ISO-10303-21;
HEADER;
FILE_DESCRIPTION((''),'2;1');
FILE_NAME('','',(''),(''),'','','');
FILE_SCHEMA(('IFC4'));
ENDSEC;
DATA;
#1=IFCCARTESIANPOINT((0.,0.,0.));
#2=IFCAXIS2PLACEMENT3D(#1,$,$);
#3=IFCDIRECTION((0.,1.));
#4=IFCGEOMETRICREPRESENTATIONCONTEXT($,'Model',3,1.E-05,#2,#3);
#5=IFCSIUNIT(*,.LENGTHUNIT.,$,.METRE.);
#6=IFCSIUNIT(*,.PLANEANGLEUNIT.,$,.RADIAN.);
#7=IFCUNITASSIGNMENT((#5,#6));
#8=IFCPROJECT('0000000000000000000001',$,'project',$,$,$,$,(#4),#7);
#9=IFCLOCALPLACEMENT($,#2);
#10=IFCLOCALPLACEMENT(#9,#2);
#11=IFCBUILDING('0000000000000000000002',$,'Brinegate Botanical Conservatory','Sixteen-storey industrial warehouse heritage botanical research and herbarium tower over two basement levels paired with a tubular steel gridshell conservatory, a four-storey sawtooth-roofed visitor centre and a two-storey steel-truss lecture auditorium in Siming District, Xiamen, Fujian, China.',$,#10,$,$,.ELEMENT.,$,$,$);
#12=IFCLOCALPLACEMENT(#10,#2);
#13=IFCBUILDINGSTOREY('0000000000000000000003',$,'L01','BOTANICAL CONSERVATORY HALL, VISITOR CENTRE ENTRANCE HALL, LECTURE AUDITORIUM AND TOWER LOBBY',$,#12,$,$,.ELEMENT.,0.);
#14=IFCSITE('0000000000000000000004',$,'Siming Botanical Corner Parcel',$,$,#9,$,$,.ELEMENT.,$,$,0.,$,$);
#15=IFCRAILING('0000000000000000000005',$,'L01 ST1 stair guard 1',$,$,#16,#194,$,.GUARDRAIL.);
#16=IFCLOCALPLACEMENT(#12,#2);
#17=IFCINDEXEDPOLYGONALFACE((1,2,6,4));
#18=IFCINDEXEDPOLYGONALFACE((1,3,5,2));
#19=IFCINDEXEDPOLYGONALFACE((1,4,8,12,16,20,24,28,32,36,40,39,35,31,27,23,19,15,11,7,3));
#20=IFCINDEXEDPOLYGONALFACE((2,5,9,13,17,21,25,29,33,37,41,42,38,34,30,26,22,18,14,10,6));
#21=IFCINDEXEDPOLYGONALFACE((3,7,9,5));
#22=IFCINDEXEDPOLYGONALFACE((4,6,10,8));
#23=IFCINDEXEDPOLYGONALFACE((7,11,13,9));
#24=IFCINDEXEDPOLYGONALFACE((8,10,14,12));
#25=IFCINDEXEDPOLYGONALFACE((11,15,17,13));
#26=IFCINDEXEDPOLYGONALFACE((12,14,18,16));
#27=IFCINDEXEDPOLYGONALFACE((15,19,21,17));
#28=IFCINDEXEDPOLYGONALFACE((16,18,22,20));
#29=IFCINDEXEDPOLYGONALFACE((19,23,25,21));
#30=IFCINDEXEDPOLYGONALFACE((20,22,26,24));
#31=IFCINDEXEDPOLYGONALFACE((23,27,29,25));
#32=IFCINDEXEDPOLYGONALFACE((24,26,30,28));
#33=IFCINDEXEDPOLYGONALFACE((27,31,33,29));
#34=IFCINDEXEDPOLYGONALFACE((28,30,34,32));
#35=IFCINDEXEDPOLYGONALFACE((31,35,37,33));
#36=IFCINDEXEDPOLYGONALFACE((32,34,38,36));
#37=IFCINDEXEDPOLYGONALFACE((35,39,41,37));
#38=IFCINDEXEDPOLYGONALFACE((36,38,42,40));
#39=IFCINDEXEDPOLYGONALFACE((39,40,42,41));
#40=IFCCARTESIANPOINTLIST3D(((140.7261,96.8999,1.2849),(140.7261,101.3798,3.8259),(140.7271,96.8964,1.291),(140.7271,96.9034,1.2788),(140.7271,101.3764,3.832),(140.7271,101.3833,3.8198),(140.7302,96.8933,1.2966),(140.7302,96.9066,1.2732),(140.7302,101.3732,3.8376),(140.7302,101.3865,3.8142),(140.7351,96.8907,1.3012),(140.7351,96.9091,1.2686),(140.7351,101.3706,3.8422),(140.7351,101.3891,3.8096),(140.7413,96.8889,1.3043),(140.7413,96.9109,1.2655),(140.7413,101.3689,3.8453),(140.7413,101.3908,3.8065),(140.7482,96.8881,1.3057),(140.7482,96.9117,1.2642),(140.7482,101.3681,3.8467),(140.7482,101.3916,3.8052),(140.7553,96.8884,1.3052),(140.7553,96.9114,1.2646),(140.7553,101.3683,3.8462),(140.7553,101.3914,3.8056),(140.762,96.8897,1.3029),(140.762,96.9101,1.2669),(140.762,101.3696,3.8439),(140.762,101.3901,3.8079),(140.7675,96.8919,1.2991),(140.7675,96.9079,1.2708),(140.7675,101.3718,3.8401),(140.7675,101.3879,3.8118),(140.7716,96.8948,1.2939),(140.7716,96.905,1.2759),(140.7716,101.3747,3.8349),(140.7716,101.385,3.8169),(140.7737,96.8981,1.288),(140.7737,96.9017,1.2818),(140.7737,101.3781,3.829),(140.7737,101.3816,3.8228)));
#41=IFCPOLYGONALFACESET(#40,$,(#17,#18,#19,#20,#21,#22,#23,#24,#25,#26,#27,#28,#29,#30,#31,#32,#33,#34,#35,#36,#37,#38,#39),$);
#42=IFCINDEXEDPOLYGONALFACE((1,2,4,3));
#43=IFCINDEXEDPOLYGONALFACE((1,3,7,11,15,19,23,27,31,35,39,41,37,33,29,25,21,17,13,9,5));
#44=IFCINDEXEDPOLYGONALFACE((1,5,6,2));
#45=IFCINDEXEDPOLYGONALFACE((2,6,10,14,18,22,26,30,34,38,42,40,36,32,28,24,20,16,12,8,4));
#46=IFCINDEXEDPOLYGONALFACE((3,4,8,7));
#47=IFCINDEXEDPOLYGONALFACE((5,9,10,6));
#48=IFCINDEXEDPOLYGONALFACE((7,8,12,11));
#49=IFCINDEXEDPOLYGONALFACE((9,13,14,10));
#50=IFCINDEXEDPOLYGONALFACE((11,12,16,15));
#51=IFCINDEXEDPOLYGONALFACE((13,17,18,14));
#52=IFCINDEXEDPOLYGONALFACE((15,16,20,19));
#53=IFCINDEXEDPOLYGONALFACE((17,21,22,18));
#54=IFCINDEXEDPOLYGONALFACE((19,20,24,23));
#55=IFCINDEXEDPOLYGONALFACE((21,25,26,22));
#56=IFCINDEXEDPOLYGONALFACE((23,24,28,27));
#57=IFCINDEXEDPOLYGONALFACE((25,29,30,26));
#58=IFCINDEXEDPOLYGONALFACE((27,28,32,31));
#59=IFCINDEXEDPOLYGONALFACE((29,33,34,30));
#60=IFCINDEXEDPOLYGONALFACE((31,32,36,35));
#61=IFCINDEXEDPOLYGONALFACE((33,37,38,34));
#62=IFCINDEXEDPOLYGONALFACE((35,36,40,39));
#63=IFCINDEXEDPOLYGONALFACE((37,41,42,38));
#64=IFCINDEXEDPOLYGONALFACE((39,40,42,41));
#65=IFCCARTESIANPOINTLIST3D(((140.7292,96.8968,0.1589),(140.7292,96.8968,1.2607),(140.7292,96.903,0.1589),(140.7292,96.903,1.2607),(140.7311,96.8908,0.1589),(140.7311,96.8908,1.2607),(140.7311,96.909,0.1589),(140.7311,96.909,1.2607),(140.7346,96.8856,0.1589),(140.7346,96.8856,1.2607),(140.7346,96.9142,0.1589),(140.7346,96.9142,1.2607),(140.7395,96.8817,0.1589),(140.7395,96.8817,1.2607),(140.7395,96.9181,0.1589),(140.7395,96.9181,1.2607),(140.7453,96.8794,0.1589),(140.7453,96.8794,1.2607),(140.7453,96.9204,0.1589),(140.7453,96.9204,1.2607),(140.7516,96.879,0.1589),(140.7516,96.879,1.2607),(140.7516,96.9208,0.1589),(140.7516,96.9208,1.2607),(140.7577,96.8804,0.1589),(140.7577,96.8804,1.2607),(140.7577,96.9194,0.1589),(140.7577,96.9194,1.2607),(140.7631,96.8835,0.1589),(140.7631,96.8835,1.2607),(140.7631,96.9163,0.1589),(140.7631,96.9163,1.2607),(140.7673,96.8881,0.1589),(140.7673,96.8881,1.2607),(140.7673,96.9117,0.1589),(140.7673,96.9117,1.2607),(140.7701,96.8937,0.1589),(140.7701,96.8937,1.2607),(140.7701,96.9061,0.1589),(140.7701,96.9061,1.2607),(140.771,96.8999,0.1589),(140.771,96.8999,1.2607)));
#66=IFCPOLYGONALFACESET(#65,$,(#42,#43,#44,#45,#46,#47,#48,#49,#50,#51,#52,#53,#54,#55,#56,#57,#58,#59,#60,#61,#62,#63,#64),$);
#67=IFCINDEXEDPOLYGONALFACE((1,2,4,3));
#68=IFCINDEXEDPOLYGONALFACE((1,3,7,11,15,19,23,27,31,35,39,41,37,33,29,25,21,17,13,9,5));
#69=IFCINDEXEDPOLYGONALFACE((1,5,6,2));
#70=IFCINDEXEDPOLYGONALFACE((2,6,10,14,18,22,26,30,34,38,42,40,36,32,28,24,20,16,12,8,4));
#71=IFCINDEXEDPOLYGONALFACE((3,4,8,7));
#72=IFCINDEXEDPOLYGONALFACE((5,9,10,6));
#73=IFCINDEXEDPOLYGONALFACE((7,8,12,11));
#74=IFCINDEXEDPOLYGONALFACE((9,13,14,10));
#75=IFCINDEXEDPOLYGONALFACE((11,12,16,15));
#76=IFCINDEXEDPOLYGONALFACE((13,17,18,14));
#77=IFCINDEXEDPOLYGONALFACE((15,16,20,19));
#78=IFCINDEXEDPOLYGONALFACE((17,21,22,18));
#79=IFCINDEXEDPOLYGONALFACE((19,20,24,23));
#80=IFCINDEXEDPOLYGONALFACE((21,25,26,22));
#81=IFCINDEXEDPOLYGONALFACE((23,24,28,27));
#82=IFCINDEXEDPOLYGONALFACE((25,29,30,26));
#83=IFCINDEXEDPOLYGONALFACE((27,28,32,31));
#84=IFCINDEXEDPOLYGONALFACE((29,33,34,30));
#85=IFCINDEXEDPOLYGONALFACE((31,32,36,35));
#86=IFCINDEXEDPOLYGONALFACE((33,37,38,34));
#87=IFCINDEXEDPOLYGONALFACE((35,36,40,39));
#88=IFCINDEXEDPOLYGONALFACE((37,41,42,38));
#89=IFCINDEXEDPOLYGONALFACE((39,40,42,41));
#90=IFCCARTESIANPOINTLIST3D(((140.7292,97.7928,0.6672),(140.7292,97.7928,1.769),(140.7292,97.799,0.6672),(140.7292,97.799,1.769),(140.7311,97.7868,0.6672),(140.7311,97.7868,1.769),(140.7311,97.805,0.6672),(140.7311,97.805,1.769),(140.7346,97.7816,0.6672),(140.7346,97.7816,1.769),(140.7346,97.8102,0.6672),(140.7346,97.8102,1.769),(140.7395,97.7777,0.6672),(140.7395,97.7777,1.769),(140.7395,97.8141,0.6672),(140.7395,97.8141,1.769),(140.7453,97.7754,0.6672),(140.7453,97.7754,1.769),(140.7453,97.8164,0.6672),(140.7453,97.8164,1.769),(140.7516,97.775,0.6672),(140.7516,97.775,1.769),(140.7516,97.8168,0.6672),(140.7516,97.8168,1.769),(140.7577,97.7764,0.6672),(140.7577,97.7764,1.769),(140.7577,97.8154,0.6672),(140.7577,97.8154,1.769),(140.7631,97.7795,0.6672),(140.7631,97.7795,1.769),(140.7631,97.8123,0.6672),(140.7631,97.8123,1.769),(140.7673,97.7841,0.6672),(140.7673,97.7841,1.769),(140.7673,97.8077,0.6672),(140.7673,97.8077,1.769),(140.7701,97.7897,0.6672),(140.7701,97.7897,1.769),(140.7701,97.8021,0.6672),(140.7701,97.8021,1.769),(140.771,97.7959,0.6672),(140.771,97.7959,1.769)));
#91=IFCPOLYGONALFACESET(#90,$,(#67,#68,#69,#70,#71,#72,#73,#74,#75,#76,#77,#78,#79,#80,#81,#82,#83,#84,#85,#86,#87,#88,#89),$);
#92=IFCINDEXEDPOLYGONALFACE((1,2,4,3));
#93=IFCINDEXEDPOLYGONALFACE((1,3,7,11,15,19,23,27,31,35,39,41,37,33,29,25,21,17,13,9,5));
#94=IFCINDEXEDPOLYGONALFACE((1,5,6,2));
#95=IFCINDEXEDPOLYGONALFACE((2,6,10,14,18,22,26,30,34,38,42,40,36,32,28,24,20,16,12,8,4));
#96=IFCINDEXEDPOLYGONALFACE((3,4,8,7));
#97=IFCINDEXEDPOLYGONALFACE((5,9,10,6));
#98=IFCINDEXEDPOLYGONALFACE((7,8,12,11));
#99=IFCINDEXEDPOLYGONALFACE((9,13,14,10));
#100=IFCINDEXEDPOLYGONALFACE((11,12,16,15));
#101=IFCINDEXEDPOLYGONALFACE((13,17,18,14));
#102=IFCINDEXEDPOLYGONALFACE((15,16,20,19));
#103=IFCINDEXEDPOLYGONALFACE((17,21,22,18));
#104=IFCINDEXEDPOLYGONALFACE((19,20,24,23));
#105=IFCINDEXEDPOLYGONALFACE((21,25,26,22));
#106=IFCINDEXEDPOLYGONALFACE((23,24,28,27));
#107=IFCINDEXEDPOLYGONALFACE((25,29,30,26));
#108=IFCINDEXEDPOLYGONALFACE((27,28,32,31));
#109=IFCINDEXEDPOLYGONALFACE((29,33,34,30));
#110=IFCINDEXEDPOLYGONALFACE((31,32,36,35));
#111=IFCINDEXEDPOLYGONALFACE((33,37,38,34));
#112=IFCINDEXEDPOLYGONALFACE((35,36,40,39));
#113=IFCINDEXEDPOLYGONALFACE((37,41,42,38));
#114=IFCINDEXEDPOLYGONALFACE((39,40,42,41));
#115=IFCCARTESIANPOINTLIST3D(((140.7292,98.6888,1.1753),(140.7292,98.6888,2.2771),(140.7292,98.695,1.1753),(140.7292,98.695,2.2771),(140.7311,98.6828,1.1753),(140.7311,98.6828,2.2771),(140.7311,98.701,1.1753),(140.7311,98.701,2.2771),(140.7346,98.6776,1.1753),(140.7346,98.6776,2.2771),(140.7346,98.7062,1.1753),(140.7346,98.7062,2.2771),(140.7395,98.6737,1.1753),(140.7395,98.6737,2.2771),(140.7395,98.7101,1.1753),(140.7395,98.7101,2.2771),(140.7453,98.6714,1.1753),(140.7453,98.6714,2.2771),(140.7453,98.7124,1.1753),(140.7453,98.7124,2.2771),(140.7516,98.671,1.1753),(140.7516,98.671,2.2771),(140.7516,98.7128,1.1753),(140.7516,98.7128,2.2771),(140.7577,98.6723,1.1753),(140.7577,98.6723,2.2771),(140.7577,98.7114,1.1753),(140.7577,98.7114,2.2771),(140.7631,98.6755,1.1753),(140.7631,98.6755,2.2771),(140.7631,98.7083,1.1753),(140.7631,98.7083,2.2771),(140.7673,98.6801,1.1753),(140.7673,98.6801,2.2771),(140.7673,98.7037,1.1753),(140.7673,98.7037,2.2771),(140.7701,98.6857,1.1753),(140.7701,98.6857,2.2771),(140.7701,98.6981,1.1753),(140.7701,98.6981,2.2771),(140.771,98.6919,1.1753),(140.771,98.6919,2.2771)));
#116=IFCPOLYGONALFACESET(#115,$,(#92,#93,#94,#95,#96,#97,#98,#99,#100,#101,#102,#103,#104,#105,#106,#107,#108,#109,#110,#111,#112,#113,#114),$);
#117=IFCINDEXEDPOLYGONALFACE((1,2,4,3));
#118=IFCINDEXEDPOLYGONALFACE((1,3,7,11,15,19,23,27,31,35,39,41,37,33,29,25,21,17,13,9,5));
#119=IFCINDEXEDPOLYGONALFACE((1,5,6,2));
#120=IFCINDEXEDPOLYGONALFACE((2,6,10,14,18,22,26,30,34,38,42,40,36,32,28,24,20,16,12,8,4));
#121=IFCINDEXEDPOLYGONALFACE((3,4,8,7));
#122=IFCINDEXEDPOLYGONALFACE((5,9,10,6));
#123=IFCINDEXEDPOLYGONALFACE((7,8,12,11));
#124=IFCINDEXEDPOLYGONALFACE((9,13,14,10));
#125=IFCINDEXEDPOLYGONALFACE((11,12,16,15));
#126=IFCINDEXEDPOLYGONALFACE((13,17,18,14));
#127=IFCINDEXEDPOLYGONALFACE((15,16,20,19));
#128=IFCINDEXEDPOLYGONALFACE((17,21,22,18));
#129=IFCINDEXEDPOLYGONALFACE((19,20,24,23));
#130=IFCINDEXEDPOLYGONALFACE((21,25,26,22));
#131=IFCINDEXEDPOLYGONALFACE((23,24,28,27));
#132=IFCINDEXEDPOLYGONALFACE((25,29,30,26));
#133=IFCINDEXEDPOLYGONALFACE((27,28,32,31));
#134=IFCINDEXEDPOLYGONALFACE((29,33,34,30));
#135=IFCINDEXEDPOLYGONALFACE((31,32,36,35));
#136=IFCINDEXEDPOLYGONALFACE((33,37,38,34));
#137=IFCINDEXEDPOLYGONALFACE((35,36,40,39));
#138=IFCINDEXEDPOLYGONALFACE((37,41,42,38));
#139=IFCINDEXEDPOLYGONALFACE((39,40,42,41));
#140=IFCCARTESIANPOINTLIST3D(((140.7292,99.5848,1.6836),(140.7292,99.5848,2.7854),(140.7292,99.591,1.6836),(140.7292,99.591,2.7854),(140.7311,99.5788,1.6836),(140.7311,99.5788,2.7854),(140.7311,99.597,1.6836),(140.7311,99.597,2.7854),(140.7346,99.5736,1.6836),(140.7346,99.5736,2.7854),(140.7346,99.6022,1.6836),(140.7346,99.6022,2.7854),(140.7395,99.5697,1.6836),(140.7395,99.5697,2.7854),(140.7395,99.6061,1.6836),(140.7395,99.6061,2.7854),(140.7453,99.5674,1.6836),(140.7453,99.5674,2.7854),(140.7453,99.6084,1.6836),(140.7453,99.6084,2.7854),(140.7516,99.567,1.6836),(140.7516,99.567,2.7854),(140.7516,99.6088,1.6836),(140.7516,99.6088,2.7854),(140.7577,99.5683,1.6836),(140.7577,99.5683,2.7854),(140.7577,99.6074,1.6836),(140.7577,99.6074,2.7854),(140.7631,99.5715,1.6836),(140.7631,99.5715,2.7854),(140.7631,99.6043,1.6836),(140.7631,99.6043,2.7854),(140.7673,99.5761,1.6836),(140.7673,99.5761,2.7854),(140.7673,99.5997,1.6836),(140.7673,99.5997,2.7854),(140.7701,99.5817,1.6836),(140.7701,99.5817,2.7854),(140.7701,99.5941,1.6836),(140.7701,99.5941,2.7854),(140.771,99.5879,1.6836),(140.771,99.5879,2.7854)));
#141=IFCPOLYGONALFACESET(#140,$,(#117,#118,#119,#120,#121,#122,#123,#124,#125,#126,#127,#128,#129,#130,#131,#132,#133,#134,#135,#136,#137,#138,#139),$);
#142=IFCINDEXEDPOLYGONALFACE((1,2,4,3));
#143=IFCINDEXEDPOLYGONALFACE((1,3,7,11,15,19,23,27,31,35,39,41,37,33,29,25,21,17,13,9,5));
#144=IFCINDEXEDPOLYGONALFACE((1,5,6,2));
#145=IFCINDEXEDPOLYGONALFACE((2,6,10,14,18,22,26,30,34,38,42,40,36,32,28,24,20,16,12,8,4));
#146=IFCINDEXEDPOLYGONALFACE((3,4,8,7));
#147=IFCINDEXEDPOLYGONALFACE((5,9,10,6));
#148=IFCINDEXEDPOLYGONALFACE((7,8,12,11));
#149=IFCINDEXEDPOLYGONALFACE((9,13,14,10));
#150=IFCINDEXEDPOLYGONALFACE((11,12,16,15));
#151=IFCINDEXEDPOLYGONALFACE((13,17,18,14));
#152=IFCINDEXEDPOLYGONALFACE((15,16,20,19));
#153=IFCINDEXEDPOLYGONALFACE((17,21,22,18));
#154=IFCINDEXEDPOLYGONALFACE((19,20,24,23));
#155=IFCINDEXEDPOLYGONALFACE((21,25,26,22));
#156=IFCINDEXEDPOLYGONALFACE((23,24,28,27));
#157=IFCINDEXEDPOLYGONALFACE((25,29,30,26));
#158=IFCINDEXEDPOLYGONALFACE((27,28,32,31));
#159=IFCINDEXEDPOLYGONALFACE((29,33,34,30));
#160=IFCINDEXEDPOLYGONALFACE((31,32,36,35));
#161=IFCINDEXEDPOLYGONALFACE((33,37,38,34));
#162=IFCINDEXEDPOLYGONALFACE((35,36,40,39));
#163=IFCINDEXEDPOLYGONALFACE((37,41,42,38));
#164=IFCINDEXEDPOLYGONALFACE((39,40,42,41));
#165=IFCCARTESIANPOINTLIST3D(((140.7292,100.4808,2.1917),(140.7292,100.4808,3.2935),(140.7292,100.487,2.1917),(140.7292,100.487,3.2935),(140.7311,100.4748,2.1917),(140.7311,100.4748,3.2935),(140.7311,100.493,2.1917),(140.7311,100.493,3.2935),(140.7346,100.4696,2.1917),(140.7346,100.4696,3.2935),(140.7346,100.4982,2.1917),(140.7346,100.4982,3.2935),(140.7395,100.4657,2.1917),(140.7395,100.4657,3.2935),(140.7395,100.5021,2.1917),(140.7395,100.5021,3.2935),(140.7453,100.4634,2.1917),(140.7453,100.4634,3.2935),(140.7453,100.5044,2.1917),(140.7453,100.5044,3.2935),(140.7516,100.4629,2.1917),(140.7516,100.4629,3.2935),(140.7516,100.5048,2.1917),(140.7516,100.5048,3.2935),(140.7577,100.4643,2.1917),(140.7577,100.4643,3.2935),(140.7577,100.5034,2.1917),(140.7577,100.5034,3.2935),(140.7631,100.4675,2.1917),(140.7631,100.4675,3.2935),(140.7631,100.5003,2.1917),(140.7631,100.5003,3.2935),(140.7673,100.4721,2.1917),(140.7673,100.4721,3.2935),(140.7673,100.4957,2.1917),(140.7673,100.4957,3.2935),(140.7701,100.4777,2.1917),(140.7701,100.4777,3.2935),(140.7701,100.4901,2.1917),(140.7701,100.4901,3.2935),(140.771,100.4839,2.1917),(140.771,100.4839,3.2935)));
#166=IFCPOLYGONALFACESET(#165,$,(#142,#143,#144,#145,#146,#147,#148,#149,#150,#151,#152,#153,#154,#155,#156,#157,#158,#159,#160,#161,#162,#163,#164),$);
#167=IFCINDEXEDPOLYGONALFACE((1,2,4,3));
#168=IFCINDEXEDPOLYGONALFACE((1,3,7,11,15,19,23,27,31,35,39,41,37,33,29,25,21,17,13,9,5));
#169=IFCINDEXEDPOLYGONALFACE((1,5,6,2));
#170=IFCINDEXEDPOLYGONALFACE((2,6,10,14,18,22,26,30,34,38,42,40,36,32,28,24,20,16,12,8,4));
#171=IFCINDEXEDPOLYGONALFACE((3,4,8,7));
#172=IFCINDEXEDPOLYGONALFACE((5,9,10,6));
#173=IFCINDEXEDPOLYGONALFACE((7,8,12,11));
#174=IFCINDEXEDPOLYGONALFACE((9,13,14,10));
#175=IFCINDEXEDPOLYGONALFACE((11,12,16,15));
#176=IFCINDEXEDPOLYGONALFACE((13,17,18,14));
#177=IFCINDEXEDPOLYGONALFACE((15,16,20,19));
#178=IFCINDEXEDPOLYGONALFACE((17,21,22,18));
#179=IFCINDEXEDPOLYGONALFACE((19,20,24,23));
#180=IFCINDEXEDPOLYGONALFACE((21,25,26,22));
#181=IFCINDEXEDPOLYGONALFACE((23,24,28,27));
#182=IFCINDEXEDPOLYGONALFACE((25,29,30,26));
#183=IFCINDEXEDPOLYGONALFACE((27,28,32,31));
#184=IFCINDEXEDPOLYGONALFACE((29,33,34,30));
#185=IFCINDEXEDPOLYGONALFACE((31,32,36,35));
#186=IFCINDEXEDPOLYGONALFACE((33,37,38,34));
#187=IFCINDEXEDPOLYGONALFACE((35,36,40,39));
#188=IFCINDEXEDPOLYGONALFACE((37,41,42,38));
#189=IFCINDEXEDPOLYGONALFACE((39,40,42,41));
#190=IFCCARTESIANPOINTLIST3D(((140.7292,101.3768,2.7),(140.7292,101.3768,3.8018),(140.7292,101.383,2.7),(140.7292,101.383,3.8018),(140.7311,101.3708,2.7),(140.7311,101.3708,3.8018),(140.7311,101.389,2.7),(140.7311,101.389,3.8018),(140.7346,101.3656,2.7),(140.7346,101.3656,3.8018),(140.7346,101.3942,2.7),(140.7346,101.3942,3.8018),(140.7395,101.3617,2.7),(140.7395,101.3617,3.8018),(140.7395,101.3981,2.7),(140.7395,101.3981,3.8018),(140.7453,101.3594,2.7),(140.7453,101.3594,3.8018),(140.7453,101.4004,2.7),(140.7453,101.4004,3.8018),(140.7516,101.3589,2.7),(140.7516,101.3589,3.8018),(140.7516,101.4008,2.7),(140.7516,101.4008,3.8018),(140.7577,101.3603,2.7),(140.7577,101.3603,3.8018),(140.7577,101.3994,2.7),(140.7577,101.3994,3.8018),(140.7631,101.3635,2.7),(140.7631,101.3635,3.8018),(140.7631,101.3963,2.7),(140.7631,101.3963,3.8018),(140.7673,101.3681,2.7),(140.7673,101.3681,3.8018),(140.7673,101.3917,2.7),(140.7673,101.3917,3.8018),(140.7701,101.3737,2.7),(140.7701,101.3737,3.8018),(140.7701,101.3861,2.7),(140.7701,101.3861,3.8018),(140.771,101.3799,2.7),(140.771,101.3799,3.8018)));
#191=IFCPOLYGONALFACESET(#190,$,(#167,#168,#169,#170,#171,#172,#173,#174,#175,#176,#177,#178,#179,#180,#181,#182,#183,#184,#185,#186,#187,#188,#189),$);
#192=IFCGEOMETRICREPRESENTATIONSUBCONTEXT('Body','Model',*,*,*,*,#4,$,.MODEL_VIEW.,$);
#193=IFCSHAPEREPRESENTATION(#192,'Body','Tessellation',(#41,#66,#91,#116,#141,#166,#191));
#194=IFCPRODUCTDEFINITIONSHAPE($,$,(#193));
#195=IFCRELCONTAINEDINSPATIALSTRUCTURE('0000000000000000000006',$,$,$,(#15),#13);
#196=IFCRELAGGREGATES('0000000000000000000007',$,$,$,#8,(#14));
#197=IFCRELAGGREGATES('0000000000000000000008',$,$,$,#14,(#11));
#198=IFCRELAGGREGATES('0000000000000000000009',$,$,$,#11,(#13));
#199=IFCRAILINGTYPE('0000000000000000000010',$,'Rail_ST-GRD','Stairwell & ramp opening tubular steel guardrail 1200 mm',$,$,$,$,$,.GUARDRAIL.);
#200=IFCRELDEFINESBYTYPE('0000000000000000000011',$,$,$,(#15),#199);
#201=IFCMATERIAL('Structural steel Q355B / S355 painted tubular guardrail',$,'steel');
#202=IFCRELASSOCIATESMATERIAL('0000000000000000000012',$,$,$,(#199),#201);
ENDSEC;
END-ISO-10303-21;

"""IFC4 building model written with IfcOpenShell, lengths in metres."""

from ifc_helpers import new_model, si_unit, direction, frame, origin, origin_2d, place, context, subcontext, project, spatial, circle, extrude, material, type_object, element, save


model = new_model("IFC4")

# Units and contexts
model_context = context("Model", 3, precision=1e-05, world=origin(), true_north=direction((0.0, 1.0)))
body_context = subcontext(model_context, "Body", "Model", "MODEL_VIEW")
ifc_project = project(units=[si_unit("LENGTHUNIT", "METRE"), si_unit("PLANEANGLEUNIT", "RADIAN")], contexts=[model_context])

# Site, building, storey
site_placement = place(None, origin())
site = spatial("IfcSite", under=ifc_project, at=site_placement, Name="Siming Botanical Corner Parcel", CompositionType="ELEMENT", RefElevation=0.0)
building_placement = place(site_placement, origin())
building = spatial("IfcBuilding", under=site, at=building_placement, Name="Brinegate Botanical Conservatory", Description="Sixteen-storey industrial warehouse heritage botanical research and herbarium tower over two basement levels paired with a tubular steel gridshell conservatory, a four-storey sawtooth-roofed visitor centre and a two-storey steel-truss lecture auditorium in Siming District, Xiamen, Fujian, China.", CompositionType="ELEMENT")
storey_placement = place(building_placement, origin())
storey = spatial("IfcBuildingStorey", under=building, at=storey_placement, Name="L01", Description="BOTANICAL CONSERVATORY HALL, VISITOR CENTRE ENTRANCE HALL, LECTURE AUDITORIUM AND TOWER LOBBY", CompositionType="ELEMENT", Elevation=0.0)

# Railing
ifc_material_1 = material(Name="Structural steel Q355B / S355 painted tubular guardrail", Category="steel")
railing_type = type_object("IfcRailingType", Name="Rail_ST-GRD", Description="Stairwell & ramp opening tubular steel guardrail 1200 mm", PredefinedType="GUARDRAIL", material=ifc_material_1)
railing_1_placement = place(storey_placement, frame((140.75, 96.8999, 0.1589)))
element("IfcRailing", 1, at=railing_1_placement, inside=storey, type_object=railing_type, Name="L01 ST1 stair guard 1", PredefinedType="GUARDRAIL", context=body_context, shape_type="SweptSolid", body=[
    extrude(circle(Radius=0.0239, at=origin_2d()), frame((0.0, 0.0, 1.126), z_axis=(0.0, 0.869826, 0.493359), x_axis=(-1.0, 0.0, 0.0)), (0.0, 0.0, 1.0), 5.1504),
    extrude(circle(Radius=0.021, at=origin_2d()), origin(), (0.0, 0.0, 1.0), 1.1018),
    extrude(circle(Radius=0.021, at=origin_2d()), frame((0.0, 0.896, 0.5083)), (0.0, 0.0, 1.0), 1.1018),
    extrude(circle(Radius=0.021, at=origin_2d()), frame((0.0, 1.792, 1.0164)), (0.0, 0.0, 1.0), 1.1018),
    extrude(circle(Radius=0.021, at=origin_2d()), frame((0.0, 2.688, 1.5247)), (0.0, 0.0, 1.0), 1.1018),
    extrude(circle(Radius=0.021, at=origin_2d()), frame((0.0, 3.584, 2.0327)), (0.0, 0.0, 1.0), 1.1018),
    extrude(circle(Radius=0.021, at=origin_2d()), frame((0.0, 4.48, 2.541)), (0.0, 0.0, 1.0), 1.1018),
])

save(model, "model.ifc")
